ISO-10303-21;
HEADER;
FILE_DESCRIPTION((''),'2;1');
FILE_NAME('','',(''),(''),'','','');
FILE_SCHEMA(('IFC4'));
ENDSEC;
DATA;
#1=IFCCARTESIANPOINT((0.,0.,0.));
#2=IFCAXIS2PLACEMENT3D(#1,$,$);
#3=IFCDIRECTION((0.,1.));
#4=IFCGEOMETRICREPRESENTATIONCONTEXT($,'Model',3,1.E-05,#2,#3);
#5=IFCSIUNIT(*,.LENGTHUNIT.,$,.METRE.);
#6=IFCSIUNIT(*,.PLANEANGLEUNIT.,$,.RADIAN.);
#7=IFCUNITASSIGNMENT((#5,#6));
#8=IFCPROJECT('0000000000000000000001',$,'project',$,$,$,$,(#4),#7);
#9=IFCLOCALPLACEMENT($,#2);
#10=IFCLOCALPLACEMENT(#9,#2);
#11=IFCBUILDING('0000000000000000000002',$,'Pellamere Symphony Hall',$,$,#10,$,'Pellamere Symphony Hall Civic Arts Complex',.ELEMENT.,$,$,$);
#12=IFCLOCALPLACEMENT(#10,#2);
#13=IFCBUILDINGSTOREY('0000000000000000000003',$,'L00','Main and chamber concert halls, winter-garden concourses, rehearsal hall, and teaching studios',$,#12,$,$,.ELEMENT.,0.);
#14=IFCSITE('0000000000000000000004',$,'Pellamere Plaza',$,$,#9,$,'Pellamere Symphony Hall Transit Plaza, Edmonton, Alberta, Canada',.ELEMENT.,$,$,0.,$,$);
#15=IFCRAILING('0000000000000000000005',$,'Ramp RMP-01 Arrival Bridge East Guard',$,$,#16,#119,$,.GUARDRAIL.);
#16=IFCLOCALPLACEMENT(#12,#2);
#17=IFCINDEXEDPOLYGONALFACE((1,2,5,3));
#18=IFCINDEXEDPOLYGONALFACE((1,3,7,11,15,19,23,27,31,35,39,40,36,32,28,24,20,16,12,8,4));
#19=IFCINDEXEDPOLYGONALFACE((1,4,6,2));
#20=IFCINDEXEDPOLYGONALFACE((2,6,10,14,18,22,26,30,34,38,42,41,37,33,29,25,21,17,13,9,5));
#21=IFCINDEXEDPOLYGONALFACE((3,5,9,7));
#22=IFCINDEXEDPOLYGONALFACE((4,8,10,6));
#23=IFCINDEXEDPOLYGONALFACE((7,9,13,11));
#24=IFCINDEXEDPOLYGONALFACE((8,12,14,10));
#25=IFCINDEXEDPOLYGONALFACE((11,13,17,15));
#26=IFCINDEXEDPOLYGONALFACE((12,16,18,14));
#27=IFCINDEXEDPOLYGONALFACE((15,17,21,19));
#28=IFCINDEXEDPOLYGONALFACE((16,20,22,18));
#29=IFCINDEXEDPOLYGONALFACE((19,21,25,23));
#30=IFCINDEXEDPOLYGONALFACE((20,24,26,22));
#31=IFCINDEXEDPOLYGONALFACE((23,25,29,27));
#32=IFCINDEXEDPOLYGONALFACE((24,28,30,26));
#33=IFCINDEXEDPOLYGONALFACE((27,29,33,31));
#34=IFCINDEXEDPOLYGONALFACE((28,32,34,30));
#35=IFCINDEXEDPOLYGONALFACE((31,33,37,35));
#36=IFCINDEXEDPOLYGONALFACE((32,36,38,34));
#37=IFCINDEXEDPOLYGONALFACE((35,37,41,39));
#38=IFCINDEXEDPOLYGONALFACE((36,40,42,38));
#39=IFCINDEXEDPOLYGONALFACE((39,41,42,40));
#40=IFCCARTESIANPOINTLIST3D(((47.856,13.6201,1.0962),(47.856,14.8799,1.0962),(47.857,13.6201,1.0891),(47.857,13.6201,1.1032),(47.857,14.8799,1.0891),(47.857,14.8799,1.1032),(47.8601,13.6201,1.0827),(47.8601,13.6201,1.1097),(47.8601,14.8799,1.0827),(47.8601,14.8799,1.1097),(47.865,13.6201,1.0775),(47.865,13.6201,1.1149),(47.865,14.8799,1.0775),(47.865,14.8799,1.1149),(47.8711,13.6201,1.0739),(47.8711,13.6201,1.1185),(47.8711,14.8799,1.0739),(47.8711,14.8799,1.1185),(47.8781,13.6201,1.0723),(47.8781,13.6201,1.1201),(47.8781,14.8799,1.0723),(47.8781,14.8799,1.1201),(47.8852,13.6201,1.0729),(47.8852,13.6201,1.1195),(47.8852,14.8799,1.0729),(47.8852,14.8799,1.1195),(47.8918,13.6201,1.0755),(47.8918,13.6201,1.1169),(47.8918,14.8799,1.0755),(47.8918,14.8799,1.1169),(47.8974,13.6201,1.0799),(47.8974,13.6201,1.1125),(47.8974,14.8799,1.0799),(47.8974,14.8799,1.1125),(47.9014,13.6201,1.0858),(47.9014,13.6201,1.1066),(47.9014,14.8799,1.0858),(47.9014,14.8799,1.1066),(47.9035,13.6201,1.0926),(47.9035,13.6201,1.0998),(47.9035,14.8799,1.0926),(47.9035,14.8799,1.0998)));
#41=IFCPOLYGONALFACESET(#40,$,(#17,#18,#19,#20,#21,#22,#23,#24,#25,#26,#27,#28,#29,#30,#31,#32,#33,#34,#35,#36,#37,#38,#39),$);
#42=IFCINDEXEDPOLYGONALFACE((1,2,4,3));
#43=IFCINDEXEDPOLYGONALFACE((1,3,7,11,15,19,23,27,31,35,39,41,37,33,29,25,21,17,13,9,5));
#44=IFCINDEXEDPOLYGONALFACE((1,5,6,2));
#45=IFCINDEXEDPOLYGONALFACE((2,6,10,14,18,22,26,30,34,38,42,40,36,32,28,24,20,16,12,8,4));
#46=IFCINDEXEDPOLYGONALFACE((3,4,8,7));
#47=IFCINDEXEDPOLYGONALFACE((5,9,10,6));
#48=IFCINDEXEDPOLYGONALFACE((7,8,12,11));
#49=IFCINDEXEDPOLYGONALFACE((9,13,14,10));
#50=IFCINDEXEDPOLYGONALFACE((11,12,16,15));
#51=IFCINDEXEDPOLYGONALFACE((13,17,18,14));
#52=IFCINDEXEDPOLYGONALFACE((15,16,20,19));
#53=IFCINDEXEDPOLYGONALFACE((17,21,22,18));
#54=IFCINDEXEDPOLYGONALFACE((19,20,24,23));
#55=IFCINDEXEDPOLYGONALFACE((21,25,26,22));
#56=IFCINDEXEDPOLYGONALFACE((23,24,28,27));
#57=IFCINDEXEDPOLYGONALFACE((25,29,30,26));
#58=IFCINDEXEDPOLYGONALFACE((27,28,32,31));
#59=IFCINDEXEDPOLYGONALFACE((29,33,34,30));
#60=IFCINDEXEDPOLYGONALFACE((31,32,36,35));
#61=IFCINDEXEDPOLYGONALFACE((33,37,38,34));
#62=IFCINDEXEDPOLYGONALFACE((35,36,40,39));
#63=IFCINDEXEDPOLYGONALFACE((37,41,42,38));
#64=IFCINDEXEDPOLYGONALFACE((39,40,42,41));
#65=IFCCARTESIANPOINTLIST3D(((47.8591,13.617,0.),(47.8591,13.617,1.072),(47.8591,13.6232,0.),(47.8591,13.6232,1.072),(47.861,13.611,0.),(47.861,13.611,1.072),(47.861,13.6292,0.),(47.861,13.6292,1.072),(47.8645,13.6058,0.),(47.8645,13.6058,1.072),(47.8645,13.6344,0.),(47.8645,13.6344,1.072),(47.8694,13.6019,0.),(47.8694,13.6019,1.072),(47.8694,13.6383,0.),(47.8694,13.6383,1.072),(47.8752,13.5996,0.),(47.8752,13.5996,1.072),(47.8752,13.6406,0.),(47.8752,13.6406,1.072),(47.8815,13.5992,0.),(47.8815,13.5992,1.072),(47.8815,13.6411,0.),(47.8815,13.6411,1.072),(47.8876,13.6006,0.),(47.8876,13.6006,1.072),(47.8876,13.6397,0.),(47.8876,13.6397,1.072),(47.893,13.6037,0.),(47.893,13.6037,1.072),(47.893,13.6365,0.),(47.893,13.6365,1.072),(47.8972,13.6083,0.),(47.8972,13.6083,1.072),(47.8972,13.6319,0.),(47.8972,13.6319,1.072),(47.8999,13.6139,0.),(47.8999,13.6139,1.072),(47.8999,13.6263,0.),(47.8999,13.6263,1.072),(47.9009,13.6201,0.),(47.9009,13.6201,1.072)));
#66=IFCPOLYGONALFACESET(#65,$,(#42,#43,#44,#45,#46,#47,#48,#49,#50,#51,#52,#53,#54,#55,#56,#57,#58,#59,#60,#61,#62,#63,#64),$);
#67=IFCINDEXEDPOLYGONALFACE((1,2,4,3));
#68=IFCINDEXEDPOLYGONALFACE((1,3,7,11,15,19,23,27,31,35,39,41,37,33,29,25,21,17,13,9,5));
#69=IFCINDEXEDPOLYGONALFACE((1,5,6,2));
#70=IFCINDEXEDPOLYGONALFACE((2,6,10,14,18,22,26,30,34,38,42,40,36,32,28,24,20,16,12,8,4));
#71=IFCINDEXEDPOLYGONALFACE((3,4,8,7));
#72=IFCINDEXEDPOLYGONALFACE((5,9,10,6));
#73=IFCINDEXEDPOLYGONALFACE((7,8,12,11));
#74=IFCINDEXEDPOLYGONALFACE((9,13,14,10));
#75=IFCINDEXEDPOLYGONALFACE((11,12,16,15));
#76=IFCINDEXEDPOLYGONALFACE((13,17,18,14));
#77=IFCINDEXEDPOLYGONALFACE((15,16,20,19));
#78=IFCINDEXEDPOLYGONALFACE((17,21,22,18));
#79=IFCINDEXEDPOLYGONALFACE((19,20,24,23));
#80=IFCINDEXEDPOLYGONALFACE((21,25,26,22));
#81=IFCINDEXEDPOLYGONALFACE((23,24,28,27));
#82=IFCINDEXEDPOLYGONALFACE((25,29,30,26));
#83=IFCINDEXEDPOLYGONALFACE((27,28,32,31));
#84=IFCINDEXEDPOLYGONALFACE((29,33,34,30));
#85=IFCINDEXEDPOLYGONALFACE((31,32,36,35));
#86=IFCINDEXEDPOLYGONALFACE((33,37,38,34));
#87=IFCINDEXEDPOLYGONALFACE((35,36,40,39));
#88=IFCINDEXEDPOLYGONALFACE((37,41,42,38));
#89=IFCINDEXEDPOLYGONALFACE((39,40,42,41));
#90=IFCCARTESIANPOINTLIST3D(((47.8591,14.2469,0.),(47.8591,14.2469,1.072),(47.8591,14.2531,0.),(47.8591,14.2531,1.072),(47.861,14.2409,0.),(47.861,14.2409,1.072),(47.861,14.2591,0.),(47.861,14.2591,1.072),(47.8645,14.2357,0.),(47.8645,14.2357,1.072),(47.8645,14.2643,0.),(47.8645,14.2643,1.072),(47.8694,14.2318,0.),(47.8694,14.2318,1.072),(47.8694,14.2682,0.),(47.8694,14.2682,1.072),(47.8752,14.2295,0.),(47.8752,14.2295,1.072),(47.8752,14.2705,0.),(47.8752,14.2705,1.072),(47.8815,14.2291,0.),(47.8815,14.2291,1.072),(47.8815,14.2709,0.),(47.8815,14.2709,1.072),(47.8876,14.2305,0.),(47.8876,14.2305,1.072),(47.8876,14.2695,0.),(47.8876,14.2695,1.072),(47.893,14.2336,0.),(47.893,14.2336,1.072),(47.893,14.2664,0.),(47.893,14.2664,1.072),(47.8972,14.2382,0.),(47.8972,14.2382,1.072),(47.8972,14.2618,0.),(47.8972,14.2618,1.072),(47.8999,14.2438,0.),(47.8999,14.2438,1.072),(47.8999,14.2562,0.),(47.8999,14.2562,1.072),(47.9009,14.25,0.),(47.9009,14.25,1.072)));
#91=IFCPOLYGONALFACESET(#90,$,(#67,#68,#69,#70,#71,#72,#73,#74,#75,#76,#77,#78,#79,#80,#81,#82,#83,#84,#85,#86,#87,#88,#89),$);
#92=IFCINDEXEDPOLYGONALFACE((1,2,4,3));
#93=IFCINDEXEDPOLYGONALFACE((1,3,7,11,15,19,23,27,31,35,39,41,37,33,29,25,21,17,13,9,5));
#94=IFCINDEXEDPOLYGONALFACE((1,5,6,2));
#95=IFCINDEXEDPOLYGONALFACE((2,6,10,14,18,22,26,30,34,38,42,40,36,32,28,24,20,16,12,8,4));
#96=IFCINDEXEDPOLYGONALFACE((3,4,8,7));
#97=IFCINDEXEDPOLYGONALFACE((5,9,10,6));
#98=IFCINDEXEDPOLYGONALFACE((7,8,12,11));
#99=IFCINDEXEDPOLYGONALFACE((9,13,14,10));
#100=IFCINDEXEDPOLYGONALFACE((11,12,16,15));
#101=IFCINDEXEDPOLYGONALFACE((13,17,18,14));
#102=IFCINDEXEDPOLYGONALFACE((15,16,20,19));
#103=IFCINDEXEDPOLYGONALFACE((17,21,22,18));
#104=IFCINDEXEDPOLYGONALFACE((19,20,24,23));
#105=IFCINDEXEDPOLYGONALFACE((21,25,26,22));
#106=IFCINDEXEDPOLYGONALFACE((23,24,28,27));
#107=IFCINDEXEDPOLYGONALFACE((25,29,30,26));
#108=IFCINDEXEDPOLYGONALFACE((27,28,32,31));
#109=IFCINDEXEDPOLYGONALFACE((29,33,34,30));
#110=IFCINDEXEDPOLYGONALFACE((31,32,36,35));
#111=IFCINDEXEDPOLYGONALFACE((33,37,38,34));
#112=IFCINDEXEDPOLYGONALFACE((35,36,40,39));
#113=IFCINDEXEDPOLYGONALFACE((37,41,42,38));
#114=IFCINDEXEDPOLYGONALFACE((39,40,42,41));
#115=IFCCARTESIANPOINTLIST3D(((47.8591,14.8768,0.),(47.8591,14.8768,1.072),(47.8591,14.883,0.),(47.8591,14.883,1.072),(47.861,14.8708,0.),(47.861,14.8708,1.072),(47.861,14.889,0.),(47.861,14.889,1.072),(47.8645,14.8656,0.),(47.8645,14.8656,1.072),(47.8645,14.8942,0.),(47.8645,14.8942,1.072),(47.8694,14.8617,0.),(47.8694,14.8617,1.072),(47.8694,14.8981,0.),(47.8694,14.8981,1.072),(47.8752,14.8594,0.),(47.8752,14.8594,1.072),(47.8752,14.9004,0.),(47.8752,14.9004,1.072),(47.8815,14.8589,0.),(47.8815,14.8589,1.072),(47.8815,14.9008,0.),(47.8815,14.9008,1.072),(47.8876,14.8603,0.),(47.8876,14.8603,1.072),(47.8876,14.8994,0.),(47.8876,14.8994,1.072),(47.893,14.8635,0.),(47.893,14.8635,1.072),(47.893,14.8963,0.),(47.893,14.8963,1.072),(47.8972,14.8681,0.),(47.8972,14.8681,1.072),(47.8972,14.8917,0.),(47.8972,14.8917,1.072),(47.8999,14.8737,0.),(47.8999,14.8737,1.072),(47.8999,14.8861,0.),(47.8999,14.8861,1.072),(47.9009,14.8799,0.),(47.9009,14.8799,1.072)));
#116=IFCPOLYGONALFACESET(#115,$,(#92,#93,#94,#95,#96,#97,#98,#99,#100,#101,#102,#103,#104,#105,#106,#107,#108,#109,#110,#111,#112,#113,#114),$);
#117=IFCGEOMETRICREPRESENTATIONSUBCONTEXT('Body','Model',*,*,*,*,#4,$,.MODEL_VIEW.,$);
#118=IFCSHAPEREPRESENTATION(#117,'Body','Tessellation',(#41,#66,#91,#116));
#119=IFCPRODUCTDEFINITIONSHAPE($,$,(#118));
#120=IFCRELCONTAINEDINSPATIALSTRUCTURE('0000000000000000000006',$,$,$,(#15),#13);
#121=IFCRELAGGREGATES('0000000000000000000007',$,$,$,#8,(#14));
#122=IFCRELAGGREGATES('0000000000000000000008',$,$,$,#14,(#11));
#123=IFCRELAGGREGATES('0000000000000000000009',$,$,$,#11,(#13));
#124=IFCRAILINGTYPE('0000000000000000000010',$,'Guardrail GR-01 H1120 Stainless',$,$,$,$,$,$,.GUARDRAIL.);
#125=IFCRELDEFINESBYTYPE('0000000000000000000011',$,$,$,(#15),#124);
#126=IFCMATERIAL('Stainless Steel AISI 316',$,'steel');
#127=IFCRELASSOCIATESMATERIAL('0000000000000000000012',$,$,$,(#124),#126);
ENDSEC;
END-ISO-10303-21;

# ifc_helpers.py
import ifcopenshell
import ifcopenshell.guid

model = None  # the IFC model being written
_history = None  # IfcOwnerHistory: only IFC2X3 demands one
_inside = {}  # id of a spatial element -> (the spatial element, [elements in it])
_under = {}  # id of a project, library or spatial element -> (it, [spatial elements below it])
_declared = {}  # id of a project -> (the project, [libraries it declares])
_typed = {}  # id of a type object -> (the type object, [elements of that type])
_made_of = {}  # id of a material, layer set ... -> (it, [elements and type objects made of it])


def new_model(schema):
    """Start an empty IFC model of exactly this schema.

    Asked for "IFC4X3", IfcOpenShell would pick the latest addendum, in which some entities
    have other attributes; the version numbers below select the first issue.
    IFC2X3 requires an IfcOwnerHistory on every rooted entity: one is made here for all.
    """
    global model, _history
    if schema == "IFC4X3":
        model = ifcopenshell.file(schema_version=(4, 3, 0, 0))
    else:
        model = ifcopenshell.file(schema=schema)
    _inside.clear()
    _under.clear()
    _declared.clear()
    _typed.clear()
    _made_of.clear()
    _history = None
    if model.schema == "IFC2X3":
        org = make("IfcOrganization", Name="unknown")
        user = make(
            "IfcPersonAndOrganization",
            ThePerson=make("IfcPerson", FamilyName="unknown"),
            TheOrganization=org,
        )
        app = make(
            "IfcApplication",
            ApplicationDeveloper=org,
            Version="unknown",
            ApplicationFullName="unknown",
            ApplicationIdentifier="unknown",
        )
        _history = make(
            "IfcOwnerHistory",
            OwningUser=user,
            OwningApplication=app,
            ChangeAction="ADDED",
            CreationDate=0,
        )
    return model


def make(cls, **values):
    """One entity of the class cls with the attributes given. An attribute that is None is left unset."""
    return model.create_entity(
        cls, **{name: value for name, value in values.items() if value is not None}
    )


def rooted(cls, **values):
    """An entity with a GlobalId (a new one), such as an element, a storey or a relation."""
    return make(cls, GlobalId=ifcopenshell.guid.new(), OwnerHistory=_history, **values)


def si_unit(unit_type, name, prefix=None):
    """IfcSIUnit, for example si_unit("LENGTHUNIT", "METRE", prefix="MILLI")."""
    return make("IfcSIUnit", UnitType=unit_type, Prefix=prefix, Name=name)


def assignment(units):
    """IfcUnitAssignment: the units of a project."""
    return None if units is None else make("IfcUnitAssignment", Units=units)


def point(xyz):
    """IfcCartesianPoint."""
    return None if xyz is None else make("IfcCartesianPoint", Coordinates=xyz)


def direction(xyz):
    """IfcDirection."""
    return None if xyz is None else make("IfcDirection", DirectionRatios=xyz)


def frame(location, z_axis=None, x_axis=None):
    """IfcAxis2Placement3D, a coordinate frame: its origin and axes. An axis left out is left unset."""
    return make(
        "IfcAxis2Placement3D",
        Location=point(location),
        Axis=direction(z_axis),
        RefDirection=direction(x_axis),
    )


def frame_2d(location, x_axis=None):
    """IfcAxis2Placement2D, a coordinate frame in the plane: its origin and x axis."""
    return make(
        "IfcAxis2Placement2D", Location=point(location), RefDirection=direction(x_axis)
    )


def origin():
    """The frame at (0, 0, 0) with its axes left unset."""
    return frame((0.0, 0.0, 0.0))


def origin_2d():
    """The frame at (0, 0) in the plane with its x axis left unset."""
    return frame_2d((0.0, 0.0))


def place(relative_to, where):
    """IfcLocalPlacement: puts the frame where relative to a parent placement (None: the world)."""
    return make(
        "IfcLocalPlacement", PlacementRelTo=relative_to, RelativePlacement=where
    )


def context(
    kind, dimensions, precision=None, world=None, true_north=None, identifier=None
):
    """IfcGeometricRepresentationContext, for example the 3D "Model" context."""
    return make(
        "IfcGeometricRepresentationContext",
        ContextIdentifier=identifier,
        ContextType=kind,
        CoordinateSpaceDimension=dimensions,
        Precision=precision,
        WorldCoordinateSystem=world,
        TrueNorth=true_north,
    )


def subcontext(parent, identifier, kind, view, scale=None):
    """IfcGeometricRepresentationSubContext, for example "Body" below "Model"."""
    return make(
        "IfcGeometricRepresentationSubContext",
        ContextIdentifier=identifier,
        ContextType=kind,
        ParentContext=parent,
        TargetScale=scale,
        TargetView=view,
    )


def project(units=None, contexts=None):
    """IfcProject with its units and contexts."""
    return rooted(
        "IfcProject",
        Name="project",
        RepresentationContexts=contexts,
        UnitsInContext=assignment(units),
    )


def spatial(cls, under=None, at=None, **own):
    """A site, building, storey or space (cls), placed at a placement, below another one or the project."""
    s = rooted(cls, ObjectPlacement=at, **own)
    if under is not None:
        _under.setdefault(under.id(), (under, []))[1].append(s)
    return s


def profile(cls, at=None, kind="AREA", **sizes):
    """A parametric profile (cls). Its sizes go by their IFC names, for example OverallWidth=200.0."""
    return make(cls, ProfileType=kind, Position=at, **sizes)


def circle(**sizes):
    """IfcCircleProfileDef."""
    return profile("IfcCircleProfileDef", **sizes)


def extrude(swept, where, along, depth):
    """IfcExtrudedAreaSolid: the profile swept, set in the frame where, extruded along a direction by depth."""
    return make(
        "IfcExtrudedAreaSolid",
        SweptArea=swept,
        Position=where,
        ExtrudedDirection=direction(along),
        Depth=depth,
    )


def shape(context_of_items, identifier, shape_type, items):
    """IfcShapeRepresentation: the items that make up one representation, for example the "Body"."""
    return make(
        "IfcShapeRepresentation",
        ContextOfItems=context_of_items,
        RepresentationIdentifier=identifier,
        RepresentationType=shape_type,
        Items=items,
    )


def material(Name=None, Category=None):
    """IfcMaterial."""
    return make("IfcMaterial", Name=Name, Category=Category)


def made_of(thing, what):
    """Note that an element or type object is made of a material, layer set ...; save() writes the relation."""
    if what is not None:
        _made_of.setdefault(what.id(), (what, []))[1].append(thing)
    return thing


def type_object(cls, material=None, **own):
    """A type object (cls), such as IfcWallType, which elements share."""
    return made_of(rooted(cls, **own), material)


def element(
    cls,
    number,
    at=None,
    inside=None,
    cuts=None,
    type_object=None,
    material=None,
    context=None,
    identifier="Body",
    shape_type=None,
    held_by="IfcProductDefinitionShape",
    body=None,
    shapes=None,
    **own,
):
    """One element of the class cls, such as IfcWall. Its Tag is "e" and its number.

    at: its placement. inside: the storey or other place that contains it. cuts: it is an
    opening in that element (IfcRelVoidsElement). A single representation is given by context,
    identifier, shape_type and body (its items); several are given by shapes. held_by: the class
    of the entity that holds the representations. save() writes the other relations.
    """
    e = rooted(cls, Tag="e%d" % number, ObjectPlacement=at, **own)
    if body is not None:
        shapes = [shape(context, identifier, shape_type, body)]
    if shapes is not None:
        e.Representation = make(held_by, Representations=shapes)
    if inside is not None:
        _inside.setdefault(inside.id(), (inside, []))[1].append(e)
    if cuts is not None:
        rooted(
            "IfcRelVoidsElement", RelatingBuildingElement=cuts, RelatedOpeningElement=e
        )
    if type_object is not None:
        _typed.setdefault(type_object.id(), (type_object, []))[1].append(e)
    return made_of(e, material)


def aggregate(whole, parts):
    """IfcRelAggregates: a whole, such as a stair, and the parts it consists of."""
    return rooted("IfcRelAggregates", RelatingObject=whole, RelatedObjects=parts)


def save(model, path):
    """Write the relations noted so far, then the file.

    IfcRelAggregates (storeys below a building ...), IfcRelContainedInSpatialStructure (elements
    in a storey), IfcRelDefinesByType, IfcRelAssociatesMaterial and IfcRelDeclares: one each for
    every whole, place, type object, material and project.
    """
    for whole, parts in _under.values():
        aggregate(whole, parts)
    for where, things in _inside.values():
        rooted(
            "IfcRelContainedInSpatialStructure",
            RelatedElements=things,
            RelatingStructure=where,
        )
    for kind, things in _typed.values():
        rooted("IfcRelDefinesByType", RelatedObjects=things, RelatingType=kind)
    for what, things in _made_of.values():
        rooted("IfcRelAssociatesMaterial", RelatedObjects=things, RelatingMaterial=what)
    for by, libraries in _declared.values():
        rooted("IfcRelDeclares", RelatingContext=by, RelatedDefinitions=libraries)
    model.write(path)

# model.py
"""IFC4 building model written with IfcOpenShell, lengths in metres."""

from ifc_helpers import new_model, si_unit, direction, frame, origin, origin_2d, place, context, subcontext, project, spatial, circle, extrude, material, type_object, element, save


model = new_model("IFC4")

# Units and contexts
model_context = context("Model", 3, precision=1e-05, world=origin(), true_north=direction((0.0, 1.0)))
body_context = subcontext(model_context, "Body", "Model", "MODEL_VIEW")
ifc_project = project(units=[si_unit("LENGTHUNIT", "METRE"), si_unit("PLANEANGLEUNIT", "RADIAN")], contexts=[model_context])

# Site, building, storey
site_placement = place(None, origin())
site = spatial("IfcSite", under=ifc_project, at=site_placement, Name="Pellamere Plaza", LongName="Pellamere Symphony Hall Transit Plaza, Edmonton, Alberta, Canada", CompositionType="ELEMENT", RefElevation=0.0)
building_placement = place(site_placement, origin())
building = spatial("IfcBuilding", under=site, at=building_placement, Name="Pellamere Symphony Hall", LongName="Pellamere Symphony Hall Civic Arts Complex", CompositionType="ELEMENT")
storey_placement = place(building_placement, origin())
storey = spatial("IfcBuildingStorey", under=building, at=storey_placement, Name="L00", Description="Main and chamber concert halls, winter-garden concourses, rehearsal hall, and teaching studios", CompositionType="ELEMENT", Elevation=0.0)

# Railing
ifc_material_1 = material(Name="Stainless Steel AISI 316", Category="steel")
railing_type = type_object("IfcRailingType", Name="Guardrail GR-01 H1120 Stainless", PredefinedType="GUARDRAIL", material=ifc_material_1)
railing_1_placement = place(storey_placement, frame((47.8799, 13.6201, 0.0)))
element("IfcRailing", 1, at=railing_1_placement, inside=storey, type_object=railing_type, Name="Ramp RMP-01 Arrival Bridge East Guard", PredefinedType="GUARDRAIL", context=body_context, shape_type="SweptSolid", body=[
    extrude(circle(Radius=0.0239, at=origin_2d()), frame((0.0, 0.0, 1.0962), z_axis=(0.0, 1.0, 0.0), x_axis=(-1.0, 0.0, 0.0)), (0.0, 0.0, 1.0), 1.2598),
    extrude(circle(Radius=0.021, at=origin_2d()), origin(), (0.0, 0.0, 1.0), 1.072),
    extrude(circle(Radius=0.021, at=origin_2d()), frame((0.0, 0.6299, 0.0)), (0.0, 0.0, 1.0), 1.072),
    extrude(circle(Radius=0.021, at=origin_2d()), frame((0.0, 1.2598, 0.0)), (0.0, 0.0, 1.0), 1.072),
])

save(model, "model.ifc")
